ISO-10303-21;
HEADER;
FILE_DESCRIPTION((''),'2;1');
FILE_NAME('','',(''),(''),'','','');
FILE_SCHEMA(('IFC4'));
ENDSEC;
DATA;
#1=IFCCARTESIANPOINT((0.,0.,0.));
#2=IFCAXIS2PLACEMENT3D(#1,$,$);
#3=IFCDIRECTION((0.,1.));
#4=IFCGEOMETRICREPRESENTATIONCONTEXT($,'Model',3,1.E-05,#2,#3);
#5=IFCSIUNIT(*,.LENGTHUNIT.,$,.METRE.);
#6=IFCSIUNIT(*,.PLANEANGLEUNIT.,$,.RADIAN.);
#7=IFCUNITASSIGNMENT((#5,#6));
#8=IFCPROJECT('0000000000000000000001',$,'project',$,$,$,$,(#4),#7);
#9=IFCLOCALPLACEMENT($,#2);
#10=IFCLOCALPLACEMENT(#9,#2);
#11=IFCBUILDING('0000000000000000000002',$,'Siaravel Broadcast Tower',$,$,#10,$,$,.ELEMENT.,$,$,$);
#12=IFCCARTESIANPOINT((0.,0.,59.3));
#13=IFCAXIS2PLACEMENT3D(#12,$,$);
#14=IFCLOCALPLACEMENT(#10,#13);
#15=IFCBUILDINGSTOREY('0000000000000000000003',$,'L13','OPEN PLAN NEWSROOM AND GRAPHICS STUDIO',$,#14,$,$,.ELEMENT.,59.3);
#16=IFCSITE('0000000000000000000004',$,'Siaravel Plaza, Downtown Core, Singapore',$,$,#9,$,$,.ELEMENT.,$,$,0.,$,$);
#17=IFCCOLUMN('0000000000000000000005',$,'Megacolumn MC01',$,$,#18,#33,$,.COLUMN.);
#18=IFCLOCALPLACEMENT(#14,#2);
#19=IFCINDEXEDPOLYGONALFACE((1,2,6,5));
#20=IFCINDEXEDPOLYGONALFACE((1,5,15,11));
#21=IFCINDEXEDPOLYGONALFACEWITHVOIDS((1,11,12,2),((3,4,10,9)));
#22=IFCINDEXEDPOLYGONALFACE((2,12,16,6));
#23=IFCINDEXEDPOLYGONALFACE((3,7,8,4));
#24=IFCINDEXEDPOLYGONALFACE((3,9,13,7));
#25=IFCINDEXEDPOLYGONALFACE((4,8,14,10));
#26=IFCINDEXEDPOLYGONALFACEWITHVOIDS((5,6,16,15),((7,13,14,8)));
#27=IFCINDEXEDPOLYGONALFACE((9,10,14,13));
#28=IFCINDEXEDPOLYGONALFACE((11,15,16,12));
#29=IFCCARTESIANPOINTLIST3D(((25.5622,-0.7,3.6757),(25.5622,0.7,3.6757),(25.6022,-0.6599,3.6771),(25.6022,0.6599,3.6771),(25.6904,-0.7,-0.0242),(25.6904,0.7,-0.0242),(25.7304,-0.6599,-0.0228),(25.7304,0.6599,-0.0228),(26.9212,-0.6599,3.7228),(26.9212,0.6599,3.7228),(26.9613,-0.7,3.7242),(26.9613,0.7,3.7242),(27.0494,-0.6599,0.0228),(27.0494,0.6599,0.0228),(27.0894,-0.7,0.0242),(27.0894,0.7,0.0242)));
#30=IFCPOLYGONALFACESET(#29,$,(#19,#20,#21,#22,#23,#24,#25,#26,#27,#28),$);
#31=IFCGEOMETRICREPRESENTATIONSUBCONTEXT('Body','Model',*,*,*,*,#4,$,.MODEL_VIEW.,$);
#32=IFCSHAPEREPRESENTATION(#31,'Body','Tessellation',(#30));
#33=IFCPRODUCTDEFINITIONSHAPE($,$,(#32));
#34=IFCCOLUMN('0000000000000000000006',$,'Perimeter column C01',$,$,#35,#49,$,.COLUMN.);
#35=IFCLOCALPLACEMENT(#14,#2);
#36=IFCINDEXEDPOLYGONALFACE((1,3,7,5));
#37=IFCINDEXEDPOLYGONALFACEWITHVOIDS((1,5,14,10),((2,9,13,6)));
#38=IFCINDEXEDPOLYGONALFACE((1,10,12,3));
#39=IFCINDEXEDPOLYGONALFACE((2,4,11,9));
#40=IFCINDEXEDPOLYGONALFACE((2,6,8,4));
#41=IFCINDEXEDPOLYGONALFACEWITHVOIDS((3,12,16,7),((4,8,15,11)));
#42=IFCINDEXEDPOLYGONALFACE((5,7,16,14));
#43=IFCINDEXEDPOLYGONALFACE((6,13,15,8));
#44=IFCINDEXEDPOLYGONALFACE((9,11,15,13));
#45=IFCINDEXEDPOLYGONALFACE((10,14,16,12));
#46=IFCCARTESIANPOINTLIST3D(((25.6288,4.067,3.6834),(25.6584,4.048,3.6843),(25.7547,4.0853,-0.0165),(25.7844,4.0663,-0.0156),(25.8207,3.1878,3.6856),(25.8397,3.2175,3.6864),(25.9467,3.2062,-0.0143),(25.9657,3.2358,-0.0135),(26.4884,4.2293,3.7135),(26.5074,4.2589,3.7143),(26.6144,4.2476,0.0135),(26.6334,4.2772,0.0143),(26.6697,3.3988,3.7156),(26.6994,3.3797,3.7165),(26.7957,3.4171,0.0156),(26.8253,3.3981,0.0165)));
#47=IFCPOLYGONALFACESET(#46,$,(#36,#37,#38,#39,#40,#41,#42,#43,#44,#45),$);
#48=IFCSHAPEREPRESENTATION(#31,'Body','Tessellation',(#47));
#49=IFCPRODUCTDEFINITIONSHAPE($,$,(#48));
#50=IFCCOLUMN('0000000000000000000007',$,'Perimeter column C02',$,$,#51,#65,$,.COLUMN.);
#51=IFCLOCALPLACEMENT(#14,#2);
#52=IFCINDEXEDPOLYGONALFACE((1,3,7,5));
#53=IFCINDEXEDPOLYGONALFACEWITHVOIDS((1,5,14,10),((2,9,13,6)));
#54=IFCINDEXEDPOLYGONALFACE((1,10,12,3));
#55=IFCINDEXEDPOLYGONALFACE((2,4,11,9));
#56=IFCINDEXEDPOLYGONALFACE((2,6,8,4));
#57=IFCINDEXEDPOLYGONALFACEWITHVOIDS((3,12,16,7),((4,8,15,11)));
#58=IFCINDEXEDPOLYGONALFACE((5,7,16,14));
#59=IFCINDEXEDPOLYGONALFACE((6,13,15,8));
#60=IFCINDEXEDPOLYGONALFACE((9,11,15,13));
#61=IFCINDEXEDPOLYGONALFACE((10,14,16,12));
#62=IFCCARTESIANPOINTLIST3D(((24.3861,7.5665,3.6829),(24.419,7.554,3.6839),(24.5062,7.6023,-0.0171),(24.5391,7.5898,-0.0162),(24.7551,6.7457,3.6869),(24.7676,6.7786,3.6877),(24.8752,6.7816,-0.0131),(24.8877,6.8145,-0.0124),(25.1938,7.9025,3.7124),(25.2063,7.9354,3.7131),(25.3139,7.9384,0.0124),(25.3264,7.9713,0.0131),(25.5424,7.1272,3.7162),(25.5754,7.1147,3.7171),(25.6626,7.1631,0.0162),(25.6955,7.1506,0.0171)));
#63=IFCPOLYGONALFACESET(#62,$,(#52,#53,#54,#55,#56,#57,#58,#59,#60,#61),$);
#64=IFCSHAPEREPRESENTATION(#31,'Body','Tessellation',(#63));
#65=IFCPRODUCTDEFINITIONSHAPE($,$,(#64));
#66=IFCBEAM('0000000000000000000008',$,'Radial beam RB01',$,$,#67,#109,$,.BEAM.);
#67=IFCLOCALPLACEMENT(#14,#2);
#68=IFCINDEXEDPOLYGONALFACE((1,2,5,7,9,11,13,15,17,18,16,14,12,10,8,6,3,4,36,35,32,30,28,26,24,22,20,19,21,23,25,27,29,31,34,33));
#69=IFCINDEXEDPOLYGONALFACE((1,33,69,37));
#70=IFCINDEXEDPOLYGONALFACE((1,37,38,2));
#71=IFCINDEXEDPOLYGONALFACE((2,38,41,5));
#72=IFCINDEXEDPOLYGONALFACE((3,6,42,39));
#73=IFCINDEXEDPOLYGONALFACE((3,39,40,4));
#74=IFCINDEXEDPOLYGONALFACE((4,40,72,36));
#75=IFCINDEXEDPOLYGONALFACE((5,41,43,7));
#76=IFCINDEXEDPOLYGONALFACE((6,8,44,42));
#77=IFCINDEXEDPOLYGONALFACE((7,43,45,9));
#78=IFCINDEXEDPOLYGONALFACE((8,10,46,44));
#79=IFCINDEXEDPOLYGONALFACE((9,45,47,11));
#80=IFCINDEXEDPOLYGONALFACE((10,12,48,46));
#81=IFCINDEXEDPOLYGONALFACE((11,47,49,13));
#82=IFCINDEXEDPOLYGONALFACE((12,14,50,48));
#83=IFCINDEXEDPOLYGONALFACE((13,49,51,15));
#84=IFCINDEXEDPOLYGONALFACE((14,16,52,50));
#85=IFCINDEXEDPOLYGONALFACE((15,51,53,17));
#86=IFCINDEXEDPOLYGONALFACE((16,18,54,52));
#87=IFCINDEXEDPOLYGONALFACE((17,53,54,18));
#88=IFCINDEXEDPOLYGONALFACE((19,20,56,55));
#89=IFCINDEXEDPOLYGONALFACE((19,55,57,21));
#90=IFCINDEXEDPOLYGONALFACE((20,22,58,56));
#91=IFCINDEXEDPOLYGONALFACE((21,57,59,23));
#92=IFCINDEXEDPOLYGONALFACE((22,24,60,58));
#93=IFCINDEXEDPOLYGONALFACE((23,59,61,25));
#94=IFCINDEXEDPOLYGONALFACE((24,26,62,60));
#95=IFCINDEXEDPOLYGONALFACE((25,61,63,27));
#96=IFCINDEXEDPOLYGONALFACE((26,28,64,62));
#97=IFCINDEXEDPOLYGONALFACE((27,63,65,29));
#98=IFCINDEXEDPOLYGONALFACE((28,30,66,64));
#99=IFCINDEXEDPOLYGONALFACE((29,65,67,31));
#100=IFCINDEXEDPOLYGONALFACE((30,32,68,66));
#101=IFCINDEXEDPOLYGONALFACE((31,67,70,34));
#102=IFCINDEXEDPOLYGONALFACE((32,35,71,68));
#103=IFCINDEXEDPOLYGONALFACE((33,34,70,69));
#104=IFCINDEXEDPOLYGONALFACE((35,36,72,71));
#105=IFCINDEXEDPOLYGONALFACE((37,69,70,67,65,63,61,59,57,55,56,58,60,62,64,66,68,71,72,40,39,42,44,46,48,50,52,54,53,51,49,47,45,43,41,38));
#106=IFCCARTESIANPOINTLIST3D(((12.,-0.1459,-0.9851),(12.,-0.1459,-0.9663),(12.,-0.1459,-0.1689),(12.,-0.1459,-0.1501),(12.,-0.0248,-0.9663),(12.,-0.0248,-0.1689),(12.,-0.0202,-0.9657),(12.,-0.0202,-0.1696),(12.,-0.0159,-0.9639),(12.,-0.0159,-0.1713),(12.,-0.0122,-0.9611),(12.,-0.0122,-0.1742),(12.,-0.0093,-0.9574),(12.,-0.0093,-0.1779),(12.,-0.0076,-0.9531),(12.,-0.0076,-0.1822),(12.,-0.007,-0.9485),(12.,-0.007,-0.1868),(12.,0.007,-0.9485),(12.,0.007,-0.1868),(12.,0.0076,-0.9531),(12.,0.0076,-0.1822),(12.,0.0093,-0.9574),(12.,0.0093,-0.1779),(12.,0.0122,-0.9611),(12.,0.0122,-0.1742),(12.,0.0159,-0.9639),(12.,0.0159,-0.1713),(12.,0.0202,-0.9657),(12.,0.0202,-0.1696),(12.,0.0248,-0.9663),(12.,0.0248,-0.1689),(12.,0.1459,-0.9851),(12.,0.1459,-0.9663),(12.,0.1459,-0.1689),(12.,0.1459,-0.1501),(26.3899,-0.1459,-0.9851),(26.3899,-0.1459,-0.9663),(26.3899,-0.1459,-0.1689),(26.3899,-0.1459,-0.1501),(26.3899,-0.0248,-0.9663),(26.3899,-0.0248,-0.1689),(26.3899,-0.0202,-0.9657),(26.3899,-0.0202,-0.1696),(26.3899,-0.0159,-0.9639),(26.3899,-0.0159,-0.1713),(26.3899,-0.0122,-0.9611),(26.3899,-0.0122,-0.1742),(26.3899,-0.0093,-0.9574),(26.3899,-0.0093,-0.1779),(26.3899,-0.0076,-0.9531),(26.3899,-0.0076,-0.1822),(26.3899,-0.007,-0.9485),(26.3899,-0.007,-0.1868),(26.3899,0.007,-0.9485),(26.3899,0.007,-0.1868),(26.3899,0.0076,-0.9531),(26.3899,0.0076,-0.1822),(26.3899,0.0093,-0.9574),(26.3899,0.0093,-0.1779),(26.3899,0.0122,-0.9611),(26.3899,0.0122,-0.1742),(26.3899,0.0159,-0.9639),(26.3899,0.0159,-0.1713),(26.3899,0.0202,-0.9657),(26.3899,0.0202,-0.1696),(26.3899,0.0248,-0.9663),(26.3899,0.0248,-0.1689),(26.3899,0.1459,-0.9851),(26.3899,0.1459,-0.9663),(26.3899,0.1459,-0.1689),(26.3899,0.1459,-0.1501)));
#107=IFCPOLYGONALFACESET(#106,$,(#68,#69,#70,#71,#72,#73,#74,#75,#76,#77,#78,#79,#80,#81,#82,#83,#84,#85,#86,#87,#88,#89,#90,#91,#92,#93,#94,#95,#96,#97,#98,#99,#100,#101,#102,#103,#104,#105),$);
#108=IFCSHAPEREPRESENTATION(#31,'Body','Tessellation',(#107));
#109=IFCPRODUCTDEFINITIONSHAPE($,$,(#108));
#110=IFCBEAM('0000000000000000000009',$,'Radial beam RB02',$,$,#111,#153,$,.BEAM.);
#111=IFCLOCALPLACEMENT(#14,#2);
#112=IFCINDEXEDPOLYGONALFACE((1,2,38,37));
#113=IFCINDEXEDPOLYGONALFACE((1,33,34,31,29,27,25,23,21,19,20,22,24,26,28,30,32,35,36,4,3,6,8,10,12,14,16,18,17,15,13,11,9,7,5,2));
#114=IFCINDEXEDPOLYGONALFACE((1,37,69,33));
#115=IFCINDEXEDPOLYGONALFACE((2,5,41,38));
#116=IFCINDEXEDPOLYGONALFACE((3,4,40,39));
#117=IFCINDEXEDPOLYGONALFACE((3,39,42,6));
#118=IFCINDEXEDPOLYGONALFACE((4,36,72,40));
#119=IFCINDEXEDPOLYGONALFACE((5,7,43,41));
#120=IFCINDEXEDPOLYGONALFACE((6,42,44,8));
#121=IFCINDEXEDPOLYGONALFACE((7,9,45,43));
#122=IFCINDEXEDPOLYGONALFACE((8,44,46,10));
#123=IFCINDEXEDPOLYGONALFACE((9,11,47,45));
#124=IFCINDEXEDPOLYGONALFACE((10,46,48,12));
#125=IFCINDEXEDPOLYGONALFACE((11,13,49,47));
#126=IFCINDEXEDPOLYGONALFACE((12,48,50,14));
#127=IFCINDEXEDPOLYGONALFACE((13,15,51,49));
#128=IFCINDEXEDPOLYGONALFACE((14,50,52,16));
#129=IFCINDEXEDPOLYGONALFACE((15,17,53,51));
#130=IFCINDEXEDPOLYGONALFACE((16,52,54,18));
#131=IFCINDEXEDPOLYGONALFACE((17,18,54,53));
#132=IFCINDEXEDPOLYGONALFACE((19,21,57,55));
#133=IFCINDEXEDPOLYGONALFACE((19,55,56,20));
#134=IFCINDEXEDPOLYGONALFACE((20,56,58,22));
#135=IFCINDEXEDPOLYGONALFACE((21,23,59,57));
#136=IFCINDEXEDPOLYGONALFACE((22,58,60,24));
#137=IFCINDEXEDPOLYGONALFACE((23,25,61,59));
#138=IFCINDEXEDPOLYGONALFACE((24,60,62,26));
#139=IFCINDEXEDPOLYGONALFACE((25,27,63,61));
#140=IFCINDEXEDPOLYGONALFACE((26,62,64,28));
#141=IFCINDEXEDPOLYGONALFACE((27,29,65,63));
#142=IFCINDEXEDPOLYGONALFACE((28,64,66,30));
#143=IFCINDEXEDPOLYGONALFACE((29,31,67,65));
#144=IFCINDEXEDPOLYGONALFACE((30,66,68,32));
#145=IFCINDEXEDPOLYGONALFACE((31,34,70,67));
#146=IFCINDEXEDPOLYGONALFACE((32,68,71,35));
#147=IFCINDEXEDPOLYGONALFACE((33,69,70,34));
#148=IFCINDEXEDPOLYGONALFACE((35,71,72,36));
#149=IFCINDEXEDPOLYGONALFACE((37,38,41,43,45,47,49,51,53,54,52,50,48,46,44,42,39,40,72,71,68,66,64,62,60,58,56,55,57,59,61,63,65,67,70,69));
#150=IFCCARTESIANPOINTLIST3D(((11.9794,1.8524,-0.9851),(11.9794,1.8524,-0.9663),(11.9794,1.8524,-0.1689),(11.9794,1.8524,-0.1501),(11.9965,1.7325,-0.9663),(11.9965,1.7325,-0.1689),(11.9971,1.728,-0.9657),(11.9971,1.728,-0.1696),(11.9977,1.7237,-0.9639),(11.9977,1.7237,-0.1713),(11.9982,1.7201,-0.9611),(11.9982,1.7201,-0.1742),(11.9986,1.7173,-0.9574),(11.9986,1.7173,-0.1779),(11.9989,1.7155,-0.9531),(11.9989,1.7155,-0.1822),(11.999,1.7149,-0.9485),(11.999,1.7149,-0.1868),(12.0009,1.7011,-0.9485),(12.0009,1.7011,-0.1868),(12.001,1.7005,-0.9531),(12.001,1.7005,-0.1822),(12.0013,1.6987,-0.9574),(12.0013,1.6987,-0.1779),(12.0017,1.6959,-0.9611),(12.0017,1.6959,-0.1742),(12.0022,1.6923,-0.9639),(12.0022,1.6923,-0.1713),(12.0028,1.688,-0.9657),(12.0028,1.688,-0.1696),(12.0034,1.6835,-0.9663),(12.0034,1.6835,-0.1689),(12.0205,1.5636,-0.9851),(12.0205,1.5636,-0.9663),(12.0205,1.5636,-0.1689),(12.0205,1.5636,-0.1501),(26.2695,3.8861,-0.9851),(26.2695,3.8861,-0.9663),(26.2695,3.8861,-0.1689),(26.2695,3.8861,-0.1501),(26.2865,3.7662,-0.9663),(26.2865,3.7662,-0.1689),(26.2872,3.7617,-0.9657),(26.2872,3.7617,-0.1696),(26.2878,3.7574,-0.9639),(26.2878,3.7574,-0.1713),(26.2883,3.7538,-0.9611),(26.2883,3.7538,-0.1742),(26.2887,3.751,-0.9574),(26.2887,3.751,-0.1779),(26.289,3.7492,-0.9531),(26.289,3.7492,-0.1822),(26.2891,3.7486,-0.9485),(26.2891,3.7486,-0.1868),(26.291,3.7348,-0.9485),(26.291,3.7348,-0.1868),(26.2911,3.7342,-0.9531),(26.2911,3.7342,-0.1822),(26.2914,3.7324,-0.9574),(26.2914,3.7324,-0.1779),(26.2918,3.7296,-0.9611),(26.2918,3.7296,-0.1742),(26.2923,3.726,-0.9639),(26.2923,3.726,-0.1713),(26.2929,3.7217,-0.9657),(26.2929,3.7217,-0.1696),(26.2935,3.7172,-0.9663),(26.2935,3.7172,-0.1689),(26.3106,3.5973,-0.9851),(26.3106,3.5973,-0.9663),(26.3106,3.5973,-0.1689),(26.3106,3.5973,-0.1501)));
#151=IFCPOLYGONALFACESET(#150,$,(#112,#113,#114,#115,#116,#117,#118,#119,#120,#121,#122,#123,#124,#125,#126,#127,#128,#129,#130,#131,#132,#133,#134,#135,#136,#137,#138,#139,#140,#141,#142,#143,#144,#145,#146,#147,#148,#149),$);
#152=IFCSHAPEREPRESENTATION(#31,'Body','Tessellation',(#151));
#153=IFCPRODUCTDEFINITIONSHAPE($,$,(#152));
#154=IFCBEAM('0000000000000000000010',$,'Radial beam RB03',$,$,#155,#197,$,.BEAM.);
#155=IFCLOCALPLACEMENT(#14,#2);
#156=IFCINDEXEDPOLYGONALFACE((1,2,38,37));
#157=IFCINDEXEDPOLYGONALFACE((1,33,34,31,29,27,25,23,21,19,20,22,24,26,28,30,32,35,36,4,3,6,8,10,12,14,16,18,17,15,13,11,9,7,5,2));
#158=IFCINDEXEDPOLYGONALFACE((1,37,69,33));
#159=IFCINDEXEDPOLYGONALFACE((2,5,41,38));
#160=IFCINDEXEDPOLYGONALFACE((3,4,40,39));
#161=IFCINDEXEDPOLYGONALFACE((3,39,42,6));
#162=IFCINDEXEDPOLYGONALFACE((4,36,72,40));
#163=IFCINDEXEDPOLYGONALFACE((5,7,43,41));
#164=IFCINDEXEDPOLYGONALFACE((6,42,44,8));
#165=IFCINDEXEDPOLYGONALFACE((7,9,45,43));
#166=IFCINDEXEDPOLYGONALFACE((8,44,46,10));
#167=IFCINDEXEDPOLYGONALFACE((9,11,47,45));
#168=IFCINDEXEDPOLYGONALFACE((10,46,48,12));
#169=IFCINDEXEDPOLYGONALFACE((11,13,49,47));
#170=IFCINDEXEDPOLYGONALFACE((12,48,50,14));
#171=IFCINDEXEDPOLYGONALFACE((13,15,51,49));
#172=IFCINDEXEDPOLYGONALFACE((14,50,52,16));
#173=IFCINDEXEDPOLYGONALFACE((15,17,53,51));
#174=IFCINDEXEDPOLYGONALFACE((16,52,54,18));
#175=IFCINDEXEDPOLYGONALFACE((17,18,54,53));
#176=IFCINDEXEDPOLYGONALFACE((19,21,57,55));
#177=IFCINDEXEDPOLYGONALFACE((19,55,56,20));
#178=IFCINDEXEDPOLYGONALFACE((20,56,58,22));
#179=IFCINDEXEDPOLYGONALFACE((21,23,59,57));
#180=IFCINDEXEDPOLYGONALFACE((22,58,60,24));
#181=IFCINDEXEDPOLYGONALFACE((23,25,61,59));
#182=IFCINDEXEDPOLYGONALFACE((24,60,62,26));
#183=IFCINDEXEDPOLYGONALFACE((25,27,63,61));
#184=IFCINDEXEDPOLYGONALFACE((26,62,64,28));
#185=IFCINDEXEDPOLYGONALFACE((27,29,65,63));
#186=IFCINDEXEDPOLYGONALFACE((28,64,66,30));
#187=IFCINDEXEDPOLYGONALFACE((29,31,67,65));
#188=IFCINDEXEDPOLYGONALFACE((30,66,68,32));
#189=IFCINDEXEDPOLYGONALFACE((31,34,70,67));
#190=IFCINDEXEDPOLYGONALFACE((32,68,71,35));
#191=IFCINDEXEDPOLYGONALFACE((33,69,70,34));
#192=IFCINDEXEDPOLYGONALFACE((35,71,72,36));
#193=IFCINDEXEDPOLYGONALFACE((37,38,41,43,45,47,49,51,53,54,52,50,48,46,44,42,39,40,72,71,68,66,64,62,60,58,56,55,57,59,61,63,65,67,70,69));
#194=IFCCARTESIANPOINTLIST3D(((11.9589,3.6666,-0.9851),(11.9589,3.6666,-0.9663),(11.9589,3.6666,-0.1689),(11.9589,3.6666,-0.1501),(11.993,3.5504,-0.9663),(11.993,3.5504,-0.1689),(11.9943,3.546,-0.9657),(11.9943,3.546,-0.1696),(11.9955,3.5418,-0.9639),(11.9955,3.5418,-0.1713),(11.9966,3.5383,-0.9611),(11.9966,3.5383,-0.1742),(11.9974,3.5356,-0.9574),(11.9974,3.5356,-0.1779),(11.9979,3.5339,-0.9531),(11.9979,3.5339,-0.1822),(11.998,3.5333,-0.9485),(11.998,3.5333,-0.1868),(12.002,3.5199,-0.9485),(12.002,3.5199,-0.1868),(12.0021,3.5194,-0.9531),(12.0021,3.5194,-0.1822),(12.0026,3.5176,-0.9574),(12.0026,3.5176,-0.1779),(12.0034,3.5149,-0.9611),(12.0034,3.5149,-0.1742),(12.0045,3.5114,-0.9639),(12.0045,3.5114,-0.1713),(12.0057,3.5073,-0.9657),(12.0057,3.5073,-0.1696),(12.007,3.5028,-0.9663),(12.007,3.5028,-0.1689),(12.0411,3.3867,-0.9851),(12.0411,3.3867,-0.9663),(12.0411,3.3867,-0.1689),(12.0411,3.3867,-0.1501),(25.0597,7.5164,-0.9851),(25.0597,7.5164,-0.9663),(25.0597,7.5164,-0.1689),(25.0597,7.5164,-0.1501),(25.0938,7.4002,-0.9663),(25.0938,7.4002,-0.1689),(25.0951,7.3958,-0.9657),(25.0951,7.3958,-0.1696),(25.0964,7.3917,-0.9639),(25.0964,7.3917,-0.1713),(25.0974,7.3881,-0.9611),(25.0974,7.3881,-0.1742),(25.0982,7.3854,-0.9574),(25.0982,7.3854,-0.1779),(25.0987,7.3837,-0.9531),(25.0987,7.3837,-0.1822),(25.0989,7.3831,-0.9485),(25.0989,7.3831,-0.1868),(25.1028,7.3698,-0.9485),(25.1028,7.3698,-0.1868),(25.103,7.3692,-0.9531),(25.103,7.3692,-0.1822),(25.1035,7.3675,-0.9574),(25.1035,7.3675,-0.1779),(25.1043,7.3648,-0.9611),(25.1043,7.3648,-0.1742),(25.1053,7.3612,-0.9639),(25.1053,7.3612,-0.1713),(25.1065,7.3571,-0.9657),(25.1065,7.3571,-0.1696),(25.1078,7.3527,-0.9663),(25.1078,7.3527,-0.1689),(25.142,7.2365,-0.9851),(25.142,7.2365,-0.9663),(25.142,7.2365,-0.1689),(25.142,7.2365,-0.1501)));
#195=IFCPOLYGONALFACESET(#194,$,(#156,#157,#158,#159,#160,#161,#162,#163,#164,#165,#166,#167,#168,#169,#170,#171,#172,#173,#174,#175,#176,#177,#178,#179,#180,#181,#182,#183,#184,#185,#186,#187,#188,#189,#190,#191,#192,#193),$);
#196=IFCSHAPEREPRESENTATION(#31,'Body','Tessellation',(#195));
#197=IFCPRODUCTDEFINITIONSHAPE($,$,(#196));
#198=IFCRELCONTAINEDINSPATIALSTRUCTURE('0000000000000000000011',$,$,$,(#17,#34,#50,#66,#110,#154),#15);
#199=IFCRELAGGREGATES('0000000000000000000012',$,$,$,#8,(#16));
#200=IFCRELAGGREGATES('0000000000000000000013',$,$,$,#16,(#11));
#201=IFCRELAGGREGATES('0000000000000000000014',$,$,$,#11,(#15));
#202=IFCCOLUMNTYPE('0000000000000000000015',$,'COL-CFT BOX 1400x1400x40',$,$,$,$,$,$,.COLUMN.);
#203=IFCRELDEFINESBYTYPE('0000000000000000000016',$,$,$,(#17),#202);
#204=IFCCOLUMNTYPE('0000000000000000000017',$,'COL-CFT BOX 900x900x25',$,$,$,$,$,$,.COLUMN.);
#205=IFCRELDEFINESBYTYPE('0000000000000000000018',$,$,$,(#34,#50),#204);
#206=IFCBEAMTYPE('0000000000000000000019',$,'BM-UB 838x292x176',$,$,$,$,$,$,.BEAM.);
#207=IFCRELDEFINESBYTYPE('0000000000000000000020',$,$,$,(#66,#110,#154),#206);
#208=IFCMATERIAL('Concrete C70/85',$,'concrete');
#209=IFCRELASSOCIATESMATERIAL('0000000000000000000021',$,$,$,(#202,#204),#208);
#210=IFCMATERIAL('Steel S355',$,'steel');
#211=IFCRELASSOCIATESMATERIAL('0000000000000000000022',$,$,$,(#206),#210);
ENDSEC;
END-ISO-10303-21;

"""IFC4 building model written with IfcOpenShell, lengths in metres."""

from ifc_helpers import new_model, si_unit, direction, frame, origin, origin_2d, place, context, subcontext, project, spatial, hollow_rectangle, i_section, extrude, material, material_profile, profile_set, type_object, element, save


model = new_model("IFC4")

# Units and contexts
model_context = context("Model", 3, precision=1e-05, world=origin(), true_north=direction((0.0, 1.0)))
body_context = subcontext(model_context, "Body", "Model", "MODEL_VIEW")
ifc_project = project(units=[si_unit("LENGTHUNIT", "METRE"), si_unit("PLANEANGLEUNIT", "RADIAN")], contexts=[model_context])

# Site, building, storey
site_placement = place(None, origin())
site = spatial("IfcSite", under=ifc_project, at=site_placement, Name="Siaravel Plaza, Downtown Core, Singapore", CompositionType="ELEMENT", RefElevation=0.0)
building_placement = place(site_placement, origin())
building = spatial("IfcBuilding", under=site, at=building_placement, Name="Siaravel Broadcast Tower", CompositionType="ELEMENT")
storey_placement = place(building_placement, frame((0.0, 0.0, 59.3)))
storey = spatial("IfcBuildingStorey", under=building, at=storey_placement, Name="L13", Description="OPEN PLAN NEWSROOM AND GRAPHICS STUDIO", CompositionType="ELEMENT", Elevation=59.3)

# Columns
ifc_material_1 = material(Name="Concrete C70/85", Category="concrete")
ifc_material_profile_1 = material_profile(ifc_material_1, hollow_rectangle(XDim=1.3999, YDim=1.3999, WallThickness=0.04, at=origin_2d()))
ifc_profile_set_1 = profile_set([ifc_material_profile_1], Name="Concrete C70/85")
column_type_1 = type_object("IfcColumnType", Name="COL-CFT BOX 1400x1400x40", PredefinedType="COLUMN", material=ifc_profile_set_1)
column_placement = place(storey_placement, frame((26.3899, 0.0, 0.0), z_axis=(-0.034621, 0.0, 0.999401), x_axis=(0.0, -1.0, 0.0)))
element("IfcColumn", 1, at=column_placement, inside=storey, type_object=column_type_1, Name="Megacolumn MC01", PredefinedType="COLUMN", context=body_context, shape_type="SweptSolid", body=[
    extrude(hollow_rectangle(XDim=1.3999, YDim=1.3999, WallThickness=0.04, at=origin_2d()), origin(), (0.0, 0.0, 1.0), 3.7021),
])
ifc_material_profile_2 = material_profile(ifc_material_1, hollow_rectangle(XDim=0.8999, YDim=0.8999, WallThickness=0.0249, at=origin_2d()))
ifc_profile_set_2 = profile_set([ifc_material_profile_2], Name="Concrete C70/85")
column_type_2 = type_object("IfcColumnType", Name="COL-CFT BOX 900x900x25", PredefinedType="COLUMN", material=ifc_profile_set_2)
for number, where, z_axis, x_axis, name in (
    (2, (26.29, 3.7417, 0.0), (-0.034028, -0.004946, 0.999409), (0.213295, -0.976985, 0.002427), "Perimeter column C01"),
    (3, (25.1008, 7.3765, 0.0), (-0.032446, -0.009694, 0.999426), (0.410107, -0.912026, 0.004467), "Perimeter column C02"),
):
    element("IfcColumn", number, at=place(storey_placement, frame(where, z_axis=z_axis, x_axis=x_axis)), inside=storey, type_object=column_type_2, Name=name, PredefinedType="COLUMN", context=body_context, shape_type="SweptSolid", body=[
        extrude(hollow_rectangle(XDim=0.8999, YDim=0.8999, WallThickness=0.0249, at=origin_2d()), origin(), (0.0, 0.0, 1.0), 3.7021),
    ])

# Beams
ifc_material_2 = material(Name="Steel S355", Category="steel")
ifc_material_profile_3 = material_profile(ifc_material_2, i_section(OverallWidth=0.2917, OverallDepth=0.835, WebThickness=0.0139, FlangeThickness=0.0188, FilletRadius=0.0178, at=origin_2d()))
ifc_profile_set_3 = profile_set([ifc_material_profile_3], Name="Steel S355")
beam_type = type_object("IfcBeamType", Name="BM-UB 838x292x176", PredefinedType="BEAM", material=ifc_profile_set_3)
beam_1_placement = place(storey_placement, frame((26.3899, 0.0, -0.5676), z_axis=(-1.0, 0.0, 0.0), x_axis=(0.0, -1.0, 0.0)))
element("IfcBeam", 4, at=beam_1_placement, inside=storey, type_object=beam_type, Name="Radial beam RB01", PredefinedType="BEAM", context=body_context, shape_type="SweptSolid", body=[
    extrude(i_section(OverallWidth=0.2917, OverallDepth=0.835, WebThickness=0.0139, FlangeThickness=0.0188, FilletRadius=0.0178, at=origin_2d()), origin(), (0.0, 0.0, 1.0), 14.3899),
])
beam_2_placement = place(storey_placement, frame((26.29, 3.7417, -0.5676), z_axis=(-0.990024, -0.140896, 0.0), x_axis=(0.140896, -0.990024, 0.0)))
element("IfcBeam", 5, at=beam_2_placement, inside=storey, type_object=beam_type, Name="Radial beam RB02", PredefinedType="BEAM", context=body_context, shape_type="SweptSolid", body=[
    extrude(i_section(OverallWidth=0.2917, OverallDepth=0.835, WebThickness=0.0139, FlangeThickness=0.0188, FilletRadius=0.0178, at=origin_2d()), origin(), (0.0, 0.0, 1.0), 14.4341),
])
beam_3_placement = place(storey_placement, frame((25.1008, 7.3765, -0.5676), z_axis=(-0.959432, -0.281942, 0.0), x_axis=(0.281942, -0.959432, 0.0)))
element("IfcBeam", 6, at=beam_3_placement, inside=storey, type_object=beam_type, Name="Radial beam RB03", PredefinedType="BEAM", context=body_context, shape_type="SweptSolid", body=[
    extrude(i_section(OverallWidth=0.2917, OverallDepth=0.835, WebThickness=0.0139, FlangeThickness=0.0188, FilletRadius=0.0178, at=origin_2d()), origin(), (0.0, 0.0, 1.0), 13.6548),
])

save(model, "model.ifc")
